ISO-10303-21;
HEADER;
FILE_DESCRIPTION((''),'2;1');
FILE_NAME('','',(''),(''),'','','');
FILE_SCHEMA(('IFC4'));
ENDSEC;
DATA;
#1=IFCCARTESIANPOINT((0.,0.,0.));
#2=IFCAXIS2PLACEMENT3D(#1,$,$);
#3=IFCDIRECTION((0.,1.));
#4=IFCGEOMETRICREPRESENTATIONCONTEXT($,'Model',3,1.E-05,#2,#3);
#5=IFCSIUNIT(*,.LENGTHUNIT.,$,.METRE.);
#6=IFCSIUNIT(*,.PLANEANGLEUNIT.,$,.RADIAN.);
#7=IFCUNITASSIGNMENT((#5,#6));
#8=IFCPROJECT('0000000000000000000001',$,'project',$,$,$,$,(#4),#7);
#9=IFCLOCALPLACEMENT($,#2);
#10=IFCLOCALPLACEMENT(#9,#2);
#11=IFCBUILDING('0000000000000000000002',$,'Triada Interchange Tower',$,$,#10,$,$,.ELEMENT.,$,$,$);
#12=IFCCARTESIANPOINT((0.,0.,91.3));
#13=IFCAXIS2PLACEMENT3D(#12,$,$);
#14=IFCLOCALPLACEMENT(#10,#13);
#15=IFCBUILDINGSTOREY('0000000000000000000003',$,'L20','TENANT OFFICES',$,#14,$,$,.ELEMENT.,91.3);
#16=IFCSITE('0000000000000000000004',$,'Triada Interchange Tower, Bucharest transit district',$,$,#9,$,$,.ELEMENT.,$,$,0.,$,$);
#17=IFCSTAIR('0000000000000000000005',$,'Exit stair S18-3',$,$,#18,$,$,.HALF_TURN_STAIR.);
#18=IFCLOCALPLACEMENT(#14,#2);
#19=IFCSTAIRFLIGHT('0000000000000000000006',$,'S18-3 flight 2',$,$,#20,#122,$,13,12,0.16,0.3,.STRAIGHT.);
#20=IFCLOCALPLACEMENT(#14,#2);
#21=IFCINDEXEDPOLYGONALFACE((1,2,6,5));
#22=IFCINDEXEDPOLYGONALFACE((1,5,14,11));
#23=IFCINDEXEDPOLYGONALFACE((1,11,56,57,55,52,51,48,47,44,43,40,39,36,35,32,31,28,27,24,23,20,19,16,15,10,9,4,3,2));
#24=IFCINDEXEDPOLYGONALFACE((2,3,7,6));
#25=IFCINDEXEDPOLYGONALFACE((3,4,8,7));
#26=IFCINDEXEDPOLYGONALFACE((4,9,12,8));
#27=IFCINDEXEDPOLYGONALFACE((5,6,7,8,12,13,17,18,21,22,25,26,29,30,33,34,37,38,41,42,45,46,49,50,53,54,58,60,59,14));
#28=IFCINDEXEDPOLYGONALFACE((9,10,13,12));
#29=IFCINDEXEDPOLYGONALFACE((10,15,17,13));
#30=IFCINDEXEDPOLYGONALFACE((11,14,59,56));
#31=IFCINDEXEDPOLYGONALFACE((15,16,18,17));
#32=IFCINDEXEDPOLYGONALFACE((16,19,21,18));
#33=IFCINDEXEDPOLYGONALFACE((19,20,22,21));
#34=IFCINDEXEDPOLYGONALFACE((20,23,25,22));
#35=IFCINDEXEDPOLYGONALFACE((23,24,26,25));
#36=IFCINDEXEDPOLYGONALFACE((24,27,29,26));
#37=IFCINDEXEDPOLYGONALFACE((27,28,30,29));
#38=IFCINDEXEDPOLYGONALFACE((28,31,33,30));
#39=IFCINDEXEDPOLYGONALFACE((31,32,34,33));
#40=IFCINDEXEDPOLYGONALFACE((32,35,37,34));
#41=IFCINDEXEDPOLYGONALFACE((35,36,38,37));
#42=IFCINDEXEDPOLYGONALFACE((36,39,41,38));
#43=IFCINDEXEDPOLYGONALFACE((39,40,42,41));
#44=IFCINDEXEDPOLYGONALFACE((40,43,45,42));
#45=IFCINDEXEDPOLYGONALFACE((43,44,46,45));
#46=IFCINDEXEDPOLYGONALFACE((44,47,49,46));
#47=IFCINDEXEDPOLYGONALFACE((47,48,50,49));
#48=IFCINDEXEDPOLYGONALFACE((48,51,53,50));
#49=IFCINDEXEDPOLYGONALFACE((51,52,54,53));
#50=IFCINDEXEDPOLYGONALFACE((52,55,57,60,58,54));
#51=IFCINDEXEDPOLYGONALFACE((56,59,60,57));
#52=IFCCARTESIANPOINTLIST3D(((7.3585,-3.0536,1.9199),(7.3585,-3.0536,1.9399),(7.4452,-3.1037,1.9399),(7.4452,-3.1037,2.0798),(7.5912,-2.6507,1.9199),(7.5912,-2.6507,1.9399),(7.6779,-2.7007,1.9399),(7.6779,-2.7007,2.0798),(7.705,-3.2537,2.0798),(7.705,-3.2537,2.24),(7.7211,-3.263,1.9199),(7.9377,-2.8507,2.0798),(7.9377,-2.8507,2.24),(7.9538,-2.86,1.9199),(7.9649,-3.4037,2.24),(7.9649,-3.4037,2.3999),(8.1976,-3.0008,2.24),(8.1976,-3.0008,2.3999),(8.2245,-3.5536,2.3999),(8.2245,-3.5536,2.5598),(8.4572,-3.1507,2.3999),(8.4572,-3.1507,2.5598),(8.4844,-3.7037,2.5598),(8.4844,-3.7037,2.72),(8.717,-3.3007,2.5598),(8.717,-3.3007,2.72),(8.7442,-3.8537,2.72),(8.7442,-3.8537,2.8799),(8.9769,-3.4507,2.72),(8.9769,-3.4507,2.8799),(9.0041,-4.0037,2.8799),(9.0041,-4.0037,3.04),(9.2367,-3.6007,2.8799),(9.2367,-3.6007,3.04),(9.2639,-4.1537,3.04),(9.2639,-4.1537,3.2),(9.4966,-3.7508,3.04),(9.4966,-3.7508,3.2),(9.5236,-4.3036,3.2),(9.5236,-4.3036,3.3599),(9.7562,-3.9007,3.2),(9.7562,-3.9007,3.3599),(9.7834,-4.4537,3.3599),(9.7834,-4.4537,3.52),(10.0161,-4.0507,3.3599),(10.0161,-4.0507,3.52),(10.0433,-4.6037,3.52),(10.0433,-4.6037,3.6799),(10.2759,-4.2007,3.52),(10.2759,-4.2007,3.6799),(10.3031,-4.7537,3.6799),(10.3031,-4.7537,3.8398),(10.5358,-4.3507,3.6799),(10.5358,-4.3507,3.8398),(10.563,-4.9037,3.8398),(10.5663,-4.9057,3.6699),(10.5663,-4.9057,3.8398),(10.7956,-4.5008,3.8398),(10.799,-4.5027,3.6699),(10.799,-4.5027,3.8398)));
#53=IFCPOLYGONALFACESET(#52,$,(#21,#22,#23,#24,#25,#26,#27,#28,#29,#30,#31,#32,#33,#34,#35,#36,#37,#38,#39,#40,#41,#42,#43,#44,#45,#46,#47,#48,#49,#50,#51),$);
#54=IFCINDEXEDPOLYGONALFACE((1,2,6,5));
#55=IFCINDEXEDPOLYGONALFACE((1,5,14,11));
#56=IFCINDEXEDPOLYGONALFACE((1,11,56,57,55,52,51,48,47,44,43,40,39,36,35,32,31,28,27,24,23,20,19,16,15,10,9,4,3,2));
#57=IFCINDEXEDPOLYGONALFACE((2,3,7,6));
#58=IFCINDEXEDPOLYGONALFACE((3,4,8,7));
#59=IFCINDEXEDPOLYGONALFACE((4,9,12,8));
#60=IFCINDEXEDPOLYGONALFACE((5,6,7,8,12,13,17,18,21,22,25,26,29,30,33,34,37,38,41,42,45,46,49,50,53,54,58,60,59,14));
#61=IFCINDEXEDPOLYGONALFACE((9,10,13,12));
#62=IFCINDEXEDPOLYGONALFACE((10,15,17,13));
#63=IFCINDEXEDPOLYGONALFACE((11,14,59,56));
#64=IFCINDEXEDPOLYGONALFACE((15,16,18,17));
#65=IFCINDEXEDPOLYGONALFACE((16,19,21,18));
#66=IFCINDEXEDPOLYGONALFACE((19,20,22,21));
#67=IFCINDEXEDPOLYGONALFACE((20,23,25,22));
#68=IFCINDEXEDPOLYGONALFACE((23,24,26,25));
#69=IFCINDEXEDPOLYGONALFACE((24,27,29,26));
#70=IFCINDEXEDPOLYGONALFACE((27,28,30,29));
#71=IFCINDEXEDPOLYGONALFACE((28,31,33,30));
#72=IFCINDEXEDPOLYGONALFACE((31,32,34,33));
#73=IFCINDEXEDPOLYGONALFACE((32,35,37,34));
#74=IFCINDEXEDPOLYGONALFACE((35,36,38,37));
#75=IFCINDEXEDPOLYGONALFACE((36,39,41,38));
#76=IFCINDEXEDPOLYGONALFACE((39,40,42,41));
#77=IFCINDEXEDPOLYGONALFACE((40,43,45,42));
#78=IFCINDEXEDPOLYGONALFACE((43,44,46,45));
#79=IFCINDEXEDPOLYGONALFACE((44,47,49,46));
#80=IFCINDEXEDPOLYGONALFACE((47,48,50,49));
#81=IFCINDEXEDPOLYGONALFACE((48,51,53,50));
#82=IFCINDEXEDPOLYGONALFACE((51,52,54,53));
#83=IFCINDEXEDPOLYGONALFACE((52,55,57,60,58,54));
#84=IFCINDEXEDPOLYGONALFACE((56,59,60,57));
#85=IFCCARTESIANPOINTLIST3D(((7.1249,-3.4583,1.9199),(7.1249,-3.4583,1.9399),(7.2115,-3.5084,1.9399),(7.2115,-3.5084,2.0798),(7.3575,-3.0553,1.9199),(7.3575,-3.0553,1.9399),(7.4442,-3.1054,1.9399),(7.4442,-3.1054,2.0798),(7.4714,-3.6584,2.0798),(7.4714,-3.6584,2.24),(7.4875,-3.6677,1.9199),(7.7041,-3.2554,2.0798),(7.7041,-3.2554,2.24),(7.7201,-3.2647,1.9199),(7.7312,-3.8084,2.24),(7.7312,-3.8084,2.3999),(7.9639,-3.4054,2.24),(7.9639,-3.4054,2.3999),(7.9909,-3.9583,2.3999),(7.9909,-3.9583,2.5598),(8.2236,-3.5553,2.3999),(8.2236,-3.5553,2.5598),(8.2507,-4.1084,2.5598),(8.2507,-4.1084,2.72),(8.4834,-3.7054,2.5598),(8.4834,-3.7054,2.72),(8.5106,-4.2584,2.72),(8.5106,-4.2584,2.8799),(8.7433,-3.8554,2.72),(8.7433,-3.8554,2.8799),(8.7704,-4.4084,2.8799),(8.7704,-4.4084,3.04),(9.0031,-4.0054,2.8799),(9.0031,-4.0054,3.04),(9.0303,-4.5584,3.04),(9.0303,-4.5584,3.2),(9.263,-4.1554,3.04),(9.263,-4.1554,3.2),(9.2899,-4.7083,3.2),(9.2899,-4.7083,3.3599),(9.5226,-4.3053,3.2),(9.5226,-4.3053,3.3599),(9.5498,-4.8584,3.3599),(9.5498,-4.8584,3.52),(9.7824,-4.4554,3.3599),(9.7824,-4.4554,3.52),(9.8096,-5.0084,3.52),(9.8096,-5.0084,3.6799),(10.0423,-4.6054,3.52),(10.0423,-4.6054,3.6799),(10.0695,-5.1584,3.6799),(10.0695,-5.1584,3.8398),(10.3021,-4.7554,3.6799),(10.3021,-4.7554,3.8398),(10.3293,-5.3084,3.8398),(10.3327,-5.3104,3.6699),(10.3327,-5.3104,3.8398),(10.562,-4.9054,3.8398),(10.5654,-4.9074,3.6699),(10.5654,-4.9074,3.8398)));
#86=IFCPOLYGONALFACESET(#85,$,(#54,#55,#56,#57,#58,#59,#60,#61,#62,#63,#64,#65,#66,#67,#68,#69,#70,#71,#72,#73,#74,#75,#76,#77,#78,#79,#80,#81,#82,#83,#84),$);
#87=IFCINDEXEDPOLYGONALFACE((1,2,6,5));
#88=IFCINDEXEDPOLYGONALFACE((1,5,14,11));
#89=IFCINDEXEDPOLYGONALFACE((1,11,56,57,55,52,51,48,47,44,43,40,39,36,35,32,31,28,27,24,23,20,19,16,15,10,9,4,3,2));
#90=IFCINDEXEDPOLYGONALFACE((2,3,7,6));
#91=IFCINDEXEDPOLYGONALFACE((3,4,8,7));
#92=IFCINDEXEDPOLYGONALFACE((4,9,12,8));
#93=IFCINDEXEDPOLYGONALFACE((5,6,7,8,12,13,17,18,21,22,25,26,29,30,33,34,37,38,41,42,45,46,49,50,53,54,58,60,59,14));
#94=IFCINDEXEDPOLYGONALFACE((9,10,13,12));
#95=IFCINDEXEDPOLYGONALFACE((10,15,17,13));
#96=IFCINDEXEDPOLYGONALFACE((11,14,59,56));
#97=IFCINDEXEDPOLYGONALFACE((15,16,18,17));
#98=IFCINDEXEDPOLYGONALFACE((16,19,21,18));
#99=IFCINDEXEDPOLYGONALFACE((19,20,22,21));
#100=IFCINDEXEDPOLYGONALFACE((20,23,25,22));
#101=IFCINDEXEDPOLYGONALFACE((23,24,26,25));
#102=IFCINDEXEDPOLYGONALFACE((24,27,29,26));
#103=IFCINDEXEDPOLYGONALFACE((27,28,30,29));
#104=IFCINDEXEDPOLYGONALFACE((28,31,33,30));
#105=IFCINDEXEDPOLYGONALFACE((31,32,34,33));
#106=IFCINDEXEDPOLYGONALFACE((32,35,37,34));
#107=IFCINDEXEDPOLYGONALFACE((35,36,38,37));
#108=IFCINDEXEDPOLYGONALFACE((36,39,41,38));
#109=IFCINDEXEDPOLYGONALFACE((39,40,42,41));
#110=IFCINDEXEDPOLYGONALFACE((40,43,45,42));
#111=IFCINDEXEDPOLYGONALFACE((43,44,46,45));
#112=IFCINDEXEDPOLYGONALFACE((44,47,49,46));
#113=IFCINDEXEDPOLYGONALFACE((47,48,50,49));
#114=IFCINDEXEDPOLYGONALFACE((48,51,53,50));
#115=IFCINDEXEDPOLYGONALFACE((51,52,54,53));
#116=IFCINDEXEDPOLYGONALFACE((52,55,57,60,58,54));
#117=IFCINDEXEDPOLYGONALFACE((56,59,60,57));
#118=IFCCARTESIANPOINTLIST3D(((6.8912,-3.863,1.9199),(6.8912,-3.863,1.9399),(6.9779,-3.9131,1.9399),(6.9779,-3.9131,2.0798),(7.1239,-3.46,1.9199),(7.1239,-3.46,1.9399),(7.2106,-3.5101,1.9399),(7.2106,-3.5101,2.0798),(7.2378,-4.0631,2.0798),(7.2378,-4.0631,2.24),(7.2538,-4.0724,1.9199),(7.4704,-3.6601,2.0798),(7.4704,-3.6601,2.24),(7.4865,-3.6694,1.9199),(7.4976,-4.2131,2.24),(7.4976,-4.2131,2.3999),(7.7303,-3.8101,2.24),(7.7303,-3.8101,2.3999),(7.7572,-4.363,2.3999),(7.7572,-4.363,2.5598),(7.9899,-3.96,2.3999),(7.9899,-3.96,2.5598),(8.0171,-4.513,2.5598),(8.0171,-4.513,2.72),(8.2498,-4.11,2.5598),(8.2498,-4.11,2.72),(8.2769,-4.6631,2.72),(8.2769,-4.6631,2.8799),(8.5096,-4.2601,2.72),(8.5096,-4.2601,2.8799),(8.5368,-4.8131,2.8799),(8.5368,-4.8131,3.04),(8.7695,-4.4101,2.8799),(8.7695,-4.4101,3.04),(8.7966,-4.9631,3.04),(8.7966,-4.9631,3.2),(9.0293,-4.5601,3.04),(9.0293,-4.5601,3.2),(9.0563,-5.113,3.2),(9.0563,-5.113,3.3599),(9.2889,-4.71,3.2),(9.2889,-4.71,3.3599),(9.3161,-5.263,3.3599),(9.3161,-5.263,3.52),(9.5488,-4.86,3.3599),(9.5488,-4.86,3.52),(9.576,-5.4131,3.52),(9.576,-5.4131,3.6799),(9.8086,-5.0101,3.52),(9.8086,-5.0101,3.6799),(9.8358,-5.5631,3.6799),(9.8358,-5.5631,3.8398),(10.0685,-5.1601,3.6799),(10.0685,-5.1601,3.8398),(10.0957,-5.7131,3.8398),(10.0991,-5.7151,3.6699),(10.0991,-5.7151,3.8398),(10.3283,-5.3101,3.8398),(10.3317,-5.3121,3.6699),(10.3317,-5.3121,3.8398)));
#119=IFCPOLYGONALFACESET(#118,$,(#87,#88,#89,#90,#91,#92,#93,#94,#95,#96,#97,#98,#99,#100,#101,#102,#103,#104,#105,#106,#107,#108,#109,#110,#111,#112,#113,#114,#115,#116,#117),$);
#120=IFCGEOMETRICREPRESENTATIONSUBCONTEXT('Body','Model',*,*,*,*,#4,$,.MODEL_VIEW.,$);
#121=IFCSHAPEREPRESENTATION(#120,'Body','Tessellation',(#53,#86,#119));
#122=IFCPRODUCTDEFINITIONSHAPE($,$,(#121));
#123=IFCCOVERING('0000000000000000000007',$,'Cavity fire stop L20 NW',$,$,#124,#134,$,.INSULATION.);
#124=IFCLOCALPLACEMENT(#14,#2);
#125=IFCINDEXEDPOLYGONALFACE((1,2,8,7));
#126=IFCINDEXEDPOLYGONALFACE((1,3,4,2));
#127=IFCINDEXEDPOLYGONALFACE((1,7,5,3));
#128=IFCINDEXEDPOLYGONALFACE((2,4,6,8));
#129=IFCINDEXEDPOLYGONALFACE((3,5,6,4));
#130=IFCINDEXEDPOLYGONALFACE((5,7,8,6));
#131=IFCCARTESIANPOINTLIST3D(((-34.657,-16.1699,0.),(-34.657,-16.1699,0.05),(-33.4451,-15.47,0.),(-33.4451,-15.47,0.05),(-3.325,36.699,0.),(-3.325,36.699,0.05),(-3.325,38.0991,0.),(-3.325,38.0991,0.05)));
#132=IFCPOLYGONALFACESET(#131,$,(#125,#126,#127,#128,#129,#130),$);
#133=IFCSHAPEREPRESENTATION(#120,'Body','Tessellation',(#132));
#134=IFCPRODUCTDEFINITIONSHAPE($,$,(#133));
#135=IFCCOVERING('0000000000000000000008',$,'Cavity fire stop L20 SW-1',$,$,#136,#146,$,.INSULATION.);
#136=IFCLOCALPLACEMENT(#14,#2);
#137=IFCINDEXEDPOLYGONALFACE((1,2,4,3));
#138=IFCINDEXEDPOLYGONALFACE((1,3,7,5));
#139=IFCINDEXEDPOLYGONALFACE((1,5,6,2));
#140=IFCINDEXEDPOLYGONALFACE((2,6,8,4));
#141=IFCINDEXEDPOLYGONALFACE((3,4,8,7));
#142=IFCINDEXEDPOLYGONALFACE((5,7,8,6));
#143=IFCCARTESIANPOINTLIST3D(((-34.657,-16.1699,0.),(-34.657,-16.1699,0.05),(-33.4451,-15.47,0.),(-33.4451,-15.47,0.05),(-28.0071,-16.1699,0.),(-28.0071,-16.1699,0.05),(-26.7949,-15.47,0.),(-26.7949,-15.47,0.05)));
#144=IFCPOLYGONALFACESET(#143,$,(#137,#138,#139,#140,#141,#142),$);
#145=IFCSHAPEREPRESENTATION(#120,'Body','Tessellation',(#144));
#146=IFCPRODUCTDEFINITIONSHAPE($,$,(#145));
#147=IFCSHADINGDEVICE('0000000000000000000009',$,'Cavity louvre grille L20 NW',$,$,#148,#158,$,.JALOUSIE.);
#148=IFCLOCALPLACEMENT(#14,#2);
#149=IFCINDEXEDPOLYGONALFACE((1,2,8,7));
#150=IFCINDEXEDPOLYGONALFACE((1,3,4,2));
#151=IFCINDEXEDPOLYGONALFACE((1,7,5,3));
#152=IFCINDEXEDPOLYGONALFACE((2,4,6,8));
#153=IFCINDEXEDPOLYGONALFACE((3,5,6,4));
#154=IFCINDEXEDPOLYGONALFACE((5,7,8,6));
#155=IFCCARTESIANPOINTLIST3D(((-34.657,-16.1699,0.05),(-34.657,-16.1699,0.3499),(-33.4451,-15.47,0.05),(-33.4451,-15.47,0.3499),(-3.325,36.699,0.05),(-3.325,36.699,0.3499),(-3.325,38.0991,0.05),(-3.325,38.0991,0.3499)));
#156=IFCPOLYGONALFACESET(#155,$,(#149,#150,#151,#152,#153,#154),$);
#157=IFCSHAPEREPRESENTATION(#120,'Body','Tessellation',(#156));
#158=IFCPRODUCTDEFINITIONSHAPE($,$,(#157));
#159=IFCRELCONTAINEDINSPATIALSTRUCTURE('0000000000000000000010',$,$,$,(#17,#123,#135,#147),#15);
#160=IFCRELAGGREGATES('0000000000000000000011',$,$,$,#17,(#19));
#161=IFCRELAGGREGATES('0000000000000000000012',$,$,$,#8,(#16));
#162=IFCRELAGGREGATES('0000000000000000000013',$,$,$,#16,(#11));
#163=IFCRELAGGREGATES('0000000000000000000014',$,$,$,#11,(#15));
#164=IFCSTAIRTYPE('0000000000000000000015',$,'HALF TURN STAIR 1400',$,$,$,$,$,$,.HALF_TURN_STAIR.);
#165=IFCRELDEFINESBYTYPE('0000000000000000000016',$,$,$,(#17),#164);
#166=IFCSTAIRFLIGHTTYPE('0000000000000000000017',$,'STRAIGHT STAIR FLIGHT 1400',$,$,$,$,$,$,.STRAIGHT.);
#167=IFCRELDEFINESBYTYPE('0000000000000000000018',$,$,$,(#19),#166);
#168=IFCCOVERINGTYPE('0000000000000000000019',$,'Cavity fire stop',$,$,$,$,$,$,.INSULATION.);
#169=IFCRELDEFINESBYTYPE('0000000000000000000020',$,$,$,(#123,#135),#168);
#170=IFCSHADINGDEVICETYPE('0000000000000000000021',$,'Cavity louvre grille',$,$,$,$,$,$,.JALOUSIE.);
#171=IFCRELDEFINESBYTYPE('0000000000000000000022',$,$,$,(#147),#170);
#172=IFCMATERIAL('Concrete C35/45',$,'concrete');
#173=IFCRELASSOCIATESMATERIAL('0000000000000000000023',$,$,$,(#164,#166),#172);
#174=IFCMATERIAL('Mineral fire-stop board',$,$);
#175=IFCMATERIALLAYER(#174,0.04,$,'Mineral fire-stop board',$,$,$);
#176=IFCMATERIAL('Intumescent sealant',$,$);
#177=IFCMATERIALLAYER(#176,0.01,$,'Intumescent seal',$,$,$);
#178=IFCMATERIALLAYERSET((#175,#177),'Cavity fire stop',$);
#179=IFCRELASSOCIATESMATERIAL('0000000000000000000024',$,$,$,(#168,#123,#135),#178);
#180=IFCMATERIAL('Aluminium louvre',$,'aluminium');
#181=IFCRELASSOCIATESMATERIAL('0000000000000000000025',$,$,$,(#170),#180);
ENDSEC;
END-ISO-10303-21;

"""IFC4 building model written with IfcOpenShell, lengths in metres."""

from ifc_helpers import new_model, si_unit, direction, frame, origin, place, context, subcontext, project, spatial, polyline, outline, extrude, material, layer, layer_set, layer_usage, type_object, element, aggregate, save


model = new_model("IFC4")

# Units and contexts
model_context = context("Model", 3, precision=1e-05, world=origin(), true_north=direction((0.0, 1.0)))
body_context = subcontext(model_context, "Body", "Model", "MODEL_VIEW")
ifc_project = project(units=[si_unit("LENGTHUNIT", "METRE"), si_unit("PLANEANGLEUNIT", "RADIAN")], contexts=[model_context])

# Site, building, storey
site_placement = place(None, origin())
site = spatial("IfcSite", under=ifc_project, at=site_placement, Name="Triada Interchange Tower, Bucharest transit district", CompositionType="ELEMENT", RefElevation=0.0)
building_placement = place(site_placement, origin())
building = spatial("IfcBuilding", under=site, at=building_placement, Name="Triada Interchange Tower", CompositionType="ELEMENT")
storey_placement = place(building_placement, frame((0.0, 0.0, 91.3)))
storey = spatial("IfcBuildingStorey", under=building, at=storey_placement, Name="L20", Description="TENANT OFFICES", CompositionType="ELEMENT", Elevation=91.3)

# Stair, stair flight
ifc_material_1 = material(Name="Concrete C35/45", Category="concrete")
stair_type = type_object("IfcStairType", Name="HALF TURN STAIR 1400", PredefinedType="HALF_TURN_STAIR", material=ifc_material_1)
stair_placement = place(storey_placement, origin())
stair = element("IfcStair", 1, at=stair_placement, inside=storey, type_object=stair_type, Name="Exit stair S18-3", PredefinedType="HALF_TURN_STAIR")
stair_flight_type = type_object("IfcStairFlightType", Name="STRAIGHT STAIR FLIGHT 1400", PredefinedType="STRAIGHT", material=ifc_material_1)
stair_flight_1_placement = place(storey_placement, frame((7.3279, -3.3069, 1.9199), z_axis=(0.0, 0.0, 1.0), x_axis=(0.866025, -0.5, 0.0)))
stair_flight_1 = element("IfcStairFlight", 2, at=stair_flight_1_placement, type_object=stair_flight_type, Name="S18-3 flight 2", NumberOfRisers=13, NumberOfTreads=12, PredefinedType="STRAIGHT", RiserHeight=0.16, TreadLength=0.3, context=body_context, shape_type="SweptSolid", body=[
    extrude(outline(polyline([(-0.1001, 0.0), (-0.1001, 0.02), (0.0, 0.02), (0.0, 0.1599), (0.3, 0.1599), (0.3, 0.3201), (0.6001, 0.3201), (0.6001, 0.48), (0.8999, 0.48), (0.8999, 0.6399), (1.2, 0.6399), (1.2, 0.8), (1.5, 0.8), (1.5, 0.96), (1.8, 0.96), (1.8, 1.1201), (2.1001, 1.1201), (2.1001, 1.28), (2.3999, 1.28), (2.3999, 1.4399), (2.7, 1.4399), (2.7, 1.6001), (3.0, 1.6001), (3.0, 1.76), (3.3, 1.76), (3.3, 1.9199), (3.6001, 1.9199), (3.604, 1.9199), (3.604, 2.0801), (3.604, 1.75), (0.3186, 0.0), (-0.1001, 0.0)])), frame((0.0, 0.7, 0.0), z_axis=(0.0, -1.0, 0.0), x_axis=(1.0, 0.0, 0.0)), (0.0, 0.0, 1.0), 0.4653),
    extrude(outline(polyline([(-0.1001, 0.0), (-0.1001, 0.02), (0.0, 0.02), (0.0, 0.1599), (0.3, 0.1599), (0.3, 0.3201), (0.6001, 0.3201), (0.6001, 0.48), (0.8999, 0.48), (0.8999, 0.6399), (1.2, 0.6399), (1.2, 0.8), (1.5, 0.8), (1.5, 0.96), (1.8, 0.96), (1.8, 1.1201), (2.1001, 1.1201), (2.1001, 1.28), (2.3999, 1.28), (2.3999, 1.4399), (2.7, 1.4399), (2.7, 1.6001), (3.0, 1.6001), (3.0, 1.76), (3.3, 1.76), (3.3, 1.9199), (3.6001, 1.9199), (3.604, 1.9199), (3.604, 2.0801), (3.604, 1.75), (0.3186, 0.0), (-0.1001, 0.0)])), frame((0.0, 0.2327, 0.0), z_axis=(0.0, -1.0, 0.0), x_axis=(1.0, 0.0, 0.0)), (0.0, 0.0, 1.0), 0.4653),
    extrude(outline(polyline([(-0.1001, 0.0), (-0.1001, 0.02), (0.0, 0.02), (0.0, 0.1599), (0.3, 0.1599), (0.3, 0.3201), (0.6001, 0.3201), (0.6001, 0.48), (0.8999, 0.48), (0.8999, 0.6399), (1.2, 0.6399), (1.2, 0.8), (1.5, 0.8), (1.5, 0.96), (1.8, 0.96), (1.8, 1.1201), (2.1001, 1.1201), (2.1001, 1.28), (2.3999, 1.28), (2.3999, 1.4399), (2.7, 1.4399), (2.7, 1.6001), (3.0, 1.6001), (3.0, 1.76), (3.3, 1.76), (3.3, 1.9199), (3.6001, 1.9199), (3.604, 1.9199), (3.604, 2.0801), (3.604, 1.75), (0.3186, 0.0), (-0.1001, 0.0)])), frame((0.0, -0.2346, 0.0), z_axis=(0.0, -1.0, 0.0), x_axis=(1.0, 0.0, 0.0)), (0.0, 0.0, 1.0), 0.4653),
])

# Coverings
ifc_material_2 = material(Name="Mineral fire-stop board")
ifc_layer_1 = layer(ifc_material_2, 0.04, Name="Mineral fire-stop board")
ifc_material_3 = material(Name="Intumescent sealant")
ifc_layer_2 = layer(ifc_material_3, 0.01, Name="Intumescent seal")
ifc_layer_set_1 = layer_set([ifc_layer_1, ifc_layer_2], Name="Cavity fire stop")
ifc_layer_usage = layer_usage(ifc_layer_set_1, "AXIS3", "POSITIVE", 0.0)
covering_type = type_object("IfcCoveringType", Name="Cavity fire stop", PredefinedType="INSULATION", material=ifc_layer_set_1)
covering_1_placement = place(storey_placement, origin())
element("IfcCovering", 3, at=covering_1_placement, inside=storey, type_object=covering_type, material=ifc_layer_usage, Name="Cavity fire stop L20 NW", PredefinedType="INSULATION", context=body_context, shape_type="SweptSolid", body=[
    extrude(outline(polyline([(-3.325, 36.699), (-3.325, 38.0991), (-34.657, -16.1699), (-33.4451, -15.47), (-3.325, 36.699)])), origin(), (0.0, 0.0, 1.0), 0.05),
])
covering_2_placement = place(storey_placement, origin())
element("IfcCovering", 4, at=covering_2_placement, inside=storey, type_object=covering_type, material=ifc_layer_usage, Name="Cavity fire stop L20 SW-1", PredefinedType="INSULATION", context=body_context, shape_type="SweptSolid", body=[
    extrude(outline(polyline([(-33.4451, -15.47), (-34.657, -16.1699), (-28.0071, -16.1699), (-26.7949, -15.47), (-33.4451, -15.47)])), origin(), (0.0, 0.0, 1.0), 0.05),
])

# Shading device
ifc_material_4 = material(Name="Aluminium louvre", Category="aluminium")
shading_device_type = type_object("IfcShadingDeviceType", Name="Cavity louvre grille", PredefinedType="JALOUSIE", material=ifc_material_4)
shading_device_placement = place(storey_placement, frame((0.0, 0.0, 0.05)))
element("IfcShadingDevice", 5, at=shading_device_placement, inside=storey, type_object=shading_device_type, Name="Cavity louvre grille L20 NW", PredefinedType="JALOUSIE", context=body_context, shape_type="SweptSolid", body=[
    extrude(outline(polyline([(-3.325, 36.699), (-3.325, 38.0991), (-34.657, -16.1699), (-33.4451, -15.47), (-3.325, 36.699)])), origin(), (0.0, 0.0, 1.0), 0.2998),
])

aggregate(stair, [stair_flight_1])

save(model, "model.ifc")
